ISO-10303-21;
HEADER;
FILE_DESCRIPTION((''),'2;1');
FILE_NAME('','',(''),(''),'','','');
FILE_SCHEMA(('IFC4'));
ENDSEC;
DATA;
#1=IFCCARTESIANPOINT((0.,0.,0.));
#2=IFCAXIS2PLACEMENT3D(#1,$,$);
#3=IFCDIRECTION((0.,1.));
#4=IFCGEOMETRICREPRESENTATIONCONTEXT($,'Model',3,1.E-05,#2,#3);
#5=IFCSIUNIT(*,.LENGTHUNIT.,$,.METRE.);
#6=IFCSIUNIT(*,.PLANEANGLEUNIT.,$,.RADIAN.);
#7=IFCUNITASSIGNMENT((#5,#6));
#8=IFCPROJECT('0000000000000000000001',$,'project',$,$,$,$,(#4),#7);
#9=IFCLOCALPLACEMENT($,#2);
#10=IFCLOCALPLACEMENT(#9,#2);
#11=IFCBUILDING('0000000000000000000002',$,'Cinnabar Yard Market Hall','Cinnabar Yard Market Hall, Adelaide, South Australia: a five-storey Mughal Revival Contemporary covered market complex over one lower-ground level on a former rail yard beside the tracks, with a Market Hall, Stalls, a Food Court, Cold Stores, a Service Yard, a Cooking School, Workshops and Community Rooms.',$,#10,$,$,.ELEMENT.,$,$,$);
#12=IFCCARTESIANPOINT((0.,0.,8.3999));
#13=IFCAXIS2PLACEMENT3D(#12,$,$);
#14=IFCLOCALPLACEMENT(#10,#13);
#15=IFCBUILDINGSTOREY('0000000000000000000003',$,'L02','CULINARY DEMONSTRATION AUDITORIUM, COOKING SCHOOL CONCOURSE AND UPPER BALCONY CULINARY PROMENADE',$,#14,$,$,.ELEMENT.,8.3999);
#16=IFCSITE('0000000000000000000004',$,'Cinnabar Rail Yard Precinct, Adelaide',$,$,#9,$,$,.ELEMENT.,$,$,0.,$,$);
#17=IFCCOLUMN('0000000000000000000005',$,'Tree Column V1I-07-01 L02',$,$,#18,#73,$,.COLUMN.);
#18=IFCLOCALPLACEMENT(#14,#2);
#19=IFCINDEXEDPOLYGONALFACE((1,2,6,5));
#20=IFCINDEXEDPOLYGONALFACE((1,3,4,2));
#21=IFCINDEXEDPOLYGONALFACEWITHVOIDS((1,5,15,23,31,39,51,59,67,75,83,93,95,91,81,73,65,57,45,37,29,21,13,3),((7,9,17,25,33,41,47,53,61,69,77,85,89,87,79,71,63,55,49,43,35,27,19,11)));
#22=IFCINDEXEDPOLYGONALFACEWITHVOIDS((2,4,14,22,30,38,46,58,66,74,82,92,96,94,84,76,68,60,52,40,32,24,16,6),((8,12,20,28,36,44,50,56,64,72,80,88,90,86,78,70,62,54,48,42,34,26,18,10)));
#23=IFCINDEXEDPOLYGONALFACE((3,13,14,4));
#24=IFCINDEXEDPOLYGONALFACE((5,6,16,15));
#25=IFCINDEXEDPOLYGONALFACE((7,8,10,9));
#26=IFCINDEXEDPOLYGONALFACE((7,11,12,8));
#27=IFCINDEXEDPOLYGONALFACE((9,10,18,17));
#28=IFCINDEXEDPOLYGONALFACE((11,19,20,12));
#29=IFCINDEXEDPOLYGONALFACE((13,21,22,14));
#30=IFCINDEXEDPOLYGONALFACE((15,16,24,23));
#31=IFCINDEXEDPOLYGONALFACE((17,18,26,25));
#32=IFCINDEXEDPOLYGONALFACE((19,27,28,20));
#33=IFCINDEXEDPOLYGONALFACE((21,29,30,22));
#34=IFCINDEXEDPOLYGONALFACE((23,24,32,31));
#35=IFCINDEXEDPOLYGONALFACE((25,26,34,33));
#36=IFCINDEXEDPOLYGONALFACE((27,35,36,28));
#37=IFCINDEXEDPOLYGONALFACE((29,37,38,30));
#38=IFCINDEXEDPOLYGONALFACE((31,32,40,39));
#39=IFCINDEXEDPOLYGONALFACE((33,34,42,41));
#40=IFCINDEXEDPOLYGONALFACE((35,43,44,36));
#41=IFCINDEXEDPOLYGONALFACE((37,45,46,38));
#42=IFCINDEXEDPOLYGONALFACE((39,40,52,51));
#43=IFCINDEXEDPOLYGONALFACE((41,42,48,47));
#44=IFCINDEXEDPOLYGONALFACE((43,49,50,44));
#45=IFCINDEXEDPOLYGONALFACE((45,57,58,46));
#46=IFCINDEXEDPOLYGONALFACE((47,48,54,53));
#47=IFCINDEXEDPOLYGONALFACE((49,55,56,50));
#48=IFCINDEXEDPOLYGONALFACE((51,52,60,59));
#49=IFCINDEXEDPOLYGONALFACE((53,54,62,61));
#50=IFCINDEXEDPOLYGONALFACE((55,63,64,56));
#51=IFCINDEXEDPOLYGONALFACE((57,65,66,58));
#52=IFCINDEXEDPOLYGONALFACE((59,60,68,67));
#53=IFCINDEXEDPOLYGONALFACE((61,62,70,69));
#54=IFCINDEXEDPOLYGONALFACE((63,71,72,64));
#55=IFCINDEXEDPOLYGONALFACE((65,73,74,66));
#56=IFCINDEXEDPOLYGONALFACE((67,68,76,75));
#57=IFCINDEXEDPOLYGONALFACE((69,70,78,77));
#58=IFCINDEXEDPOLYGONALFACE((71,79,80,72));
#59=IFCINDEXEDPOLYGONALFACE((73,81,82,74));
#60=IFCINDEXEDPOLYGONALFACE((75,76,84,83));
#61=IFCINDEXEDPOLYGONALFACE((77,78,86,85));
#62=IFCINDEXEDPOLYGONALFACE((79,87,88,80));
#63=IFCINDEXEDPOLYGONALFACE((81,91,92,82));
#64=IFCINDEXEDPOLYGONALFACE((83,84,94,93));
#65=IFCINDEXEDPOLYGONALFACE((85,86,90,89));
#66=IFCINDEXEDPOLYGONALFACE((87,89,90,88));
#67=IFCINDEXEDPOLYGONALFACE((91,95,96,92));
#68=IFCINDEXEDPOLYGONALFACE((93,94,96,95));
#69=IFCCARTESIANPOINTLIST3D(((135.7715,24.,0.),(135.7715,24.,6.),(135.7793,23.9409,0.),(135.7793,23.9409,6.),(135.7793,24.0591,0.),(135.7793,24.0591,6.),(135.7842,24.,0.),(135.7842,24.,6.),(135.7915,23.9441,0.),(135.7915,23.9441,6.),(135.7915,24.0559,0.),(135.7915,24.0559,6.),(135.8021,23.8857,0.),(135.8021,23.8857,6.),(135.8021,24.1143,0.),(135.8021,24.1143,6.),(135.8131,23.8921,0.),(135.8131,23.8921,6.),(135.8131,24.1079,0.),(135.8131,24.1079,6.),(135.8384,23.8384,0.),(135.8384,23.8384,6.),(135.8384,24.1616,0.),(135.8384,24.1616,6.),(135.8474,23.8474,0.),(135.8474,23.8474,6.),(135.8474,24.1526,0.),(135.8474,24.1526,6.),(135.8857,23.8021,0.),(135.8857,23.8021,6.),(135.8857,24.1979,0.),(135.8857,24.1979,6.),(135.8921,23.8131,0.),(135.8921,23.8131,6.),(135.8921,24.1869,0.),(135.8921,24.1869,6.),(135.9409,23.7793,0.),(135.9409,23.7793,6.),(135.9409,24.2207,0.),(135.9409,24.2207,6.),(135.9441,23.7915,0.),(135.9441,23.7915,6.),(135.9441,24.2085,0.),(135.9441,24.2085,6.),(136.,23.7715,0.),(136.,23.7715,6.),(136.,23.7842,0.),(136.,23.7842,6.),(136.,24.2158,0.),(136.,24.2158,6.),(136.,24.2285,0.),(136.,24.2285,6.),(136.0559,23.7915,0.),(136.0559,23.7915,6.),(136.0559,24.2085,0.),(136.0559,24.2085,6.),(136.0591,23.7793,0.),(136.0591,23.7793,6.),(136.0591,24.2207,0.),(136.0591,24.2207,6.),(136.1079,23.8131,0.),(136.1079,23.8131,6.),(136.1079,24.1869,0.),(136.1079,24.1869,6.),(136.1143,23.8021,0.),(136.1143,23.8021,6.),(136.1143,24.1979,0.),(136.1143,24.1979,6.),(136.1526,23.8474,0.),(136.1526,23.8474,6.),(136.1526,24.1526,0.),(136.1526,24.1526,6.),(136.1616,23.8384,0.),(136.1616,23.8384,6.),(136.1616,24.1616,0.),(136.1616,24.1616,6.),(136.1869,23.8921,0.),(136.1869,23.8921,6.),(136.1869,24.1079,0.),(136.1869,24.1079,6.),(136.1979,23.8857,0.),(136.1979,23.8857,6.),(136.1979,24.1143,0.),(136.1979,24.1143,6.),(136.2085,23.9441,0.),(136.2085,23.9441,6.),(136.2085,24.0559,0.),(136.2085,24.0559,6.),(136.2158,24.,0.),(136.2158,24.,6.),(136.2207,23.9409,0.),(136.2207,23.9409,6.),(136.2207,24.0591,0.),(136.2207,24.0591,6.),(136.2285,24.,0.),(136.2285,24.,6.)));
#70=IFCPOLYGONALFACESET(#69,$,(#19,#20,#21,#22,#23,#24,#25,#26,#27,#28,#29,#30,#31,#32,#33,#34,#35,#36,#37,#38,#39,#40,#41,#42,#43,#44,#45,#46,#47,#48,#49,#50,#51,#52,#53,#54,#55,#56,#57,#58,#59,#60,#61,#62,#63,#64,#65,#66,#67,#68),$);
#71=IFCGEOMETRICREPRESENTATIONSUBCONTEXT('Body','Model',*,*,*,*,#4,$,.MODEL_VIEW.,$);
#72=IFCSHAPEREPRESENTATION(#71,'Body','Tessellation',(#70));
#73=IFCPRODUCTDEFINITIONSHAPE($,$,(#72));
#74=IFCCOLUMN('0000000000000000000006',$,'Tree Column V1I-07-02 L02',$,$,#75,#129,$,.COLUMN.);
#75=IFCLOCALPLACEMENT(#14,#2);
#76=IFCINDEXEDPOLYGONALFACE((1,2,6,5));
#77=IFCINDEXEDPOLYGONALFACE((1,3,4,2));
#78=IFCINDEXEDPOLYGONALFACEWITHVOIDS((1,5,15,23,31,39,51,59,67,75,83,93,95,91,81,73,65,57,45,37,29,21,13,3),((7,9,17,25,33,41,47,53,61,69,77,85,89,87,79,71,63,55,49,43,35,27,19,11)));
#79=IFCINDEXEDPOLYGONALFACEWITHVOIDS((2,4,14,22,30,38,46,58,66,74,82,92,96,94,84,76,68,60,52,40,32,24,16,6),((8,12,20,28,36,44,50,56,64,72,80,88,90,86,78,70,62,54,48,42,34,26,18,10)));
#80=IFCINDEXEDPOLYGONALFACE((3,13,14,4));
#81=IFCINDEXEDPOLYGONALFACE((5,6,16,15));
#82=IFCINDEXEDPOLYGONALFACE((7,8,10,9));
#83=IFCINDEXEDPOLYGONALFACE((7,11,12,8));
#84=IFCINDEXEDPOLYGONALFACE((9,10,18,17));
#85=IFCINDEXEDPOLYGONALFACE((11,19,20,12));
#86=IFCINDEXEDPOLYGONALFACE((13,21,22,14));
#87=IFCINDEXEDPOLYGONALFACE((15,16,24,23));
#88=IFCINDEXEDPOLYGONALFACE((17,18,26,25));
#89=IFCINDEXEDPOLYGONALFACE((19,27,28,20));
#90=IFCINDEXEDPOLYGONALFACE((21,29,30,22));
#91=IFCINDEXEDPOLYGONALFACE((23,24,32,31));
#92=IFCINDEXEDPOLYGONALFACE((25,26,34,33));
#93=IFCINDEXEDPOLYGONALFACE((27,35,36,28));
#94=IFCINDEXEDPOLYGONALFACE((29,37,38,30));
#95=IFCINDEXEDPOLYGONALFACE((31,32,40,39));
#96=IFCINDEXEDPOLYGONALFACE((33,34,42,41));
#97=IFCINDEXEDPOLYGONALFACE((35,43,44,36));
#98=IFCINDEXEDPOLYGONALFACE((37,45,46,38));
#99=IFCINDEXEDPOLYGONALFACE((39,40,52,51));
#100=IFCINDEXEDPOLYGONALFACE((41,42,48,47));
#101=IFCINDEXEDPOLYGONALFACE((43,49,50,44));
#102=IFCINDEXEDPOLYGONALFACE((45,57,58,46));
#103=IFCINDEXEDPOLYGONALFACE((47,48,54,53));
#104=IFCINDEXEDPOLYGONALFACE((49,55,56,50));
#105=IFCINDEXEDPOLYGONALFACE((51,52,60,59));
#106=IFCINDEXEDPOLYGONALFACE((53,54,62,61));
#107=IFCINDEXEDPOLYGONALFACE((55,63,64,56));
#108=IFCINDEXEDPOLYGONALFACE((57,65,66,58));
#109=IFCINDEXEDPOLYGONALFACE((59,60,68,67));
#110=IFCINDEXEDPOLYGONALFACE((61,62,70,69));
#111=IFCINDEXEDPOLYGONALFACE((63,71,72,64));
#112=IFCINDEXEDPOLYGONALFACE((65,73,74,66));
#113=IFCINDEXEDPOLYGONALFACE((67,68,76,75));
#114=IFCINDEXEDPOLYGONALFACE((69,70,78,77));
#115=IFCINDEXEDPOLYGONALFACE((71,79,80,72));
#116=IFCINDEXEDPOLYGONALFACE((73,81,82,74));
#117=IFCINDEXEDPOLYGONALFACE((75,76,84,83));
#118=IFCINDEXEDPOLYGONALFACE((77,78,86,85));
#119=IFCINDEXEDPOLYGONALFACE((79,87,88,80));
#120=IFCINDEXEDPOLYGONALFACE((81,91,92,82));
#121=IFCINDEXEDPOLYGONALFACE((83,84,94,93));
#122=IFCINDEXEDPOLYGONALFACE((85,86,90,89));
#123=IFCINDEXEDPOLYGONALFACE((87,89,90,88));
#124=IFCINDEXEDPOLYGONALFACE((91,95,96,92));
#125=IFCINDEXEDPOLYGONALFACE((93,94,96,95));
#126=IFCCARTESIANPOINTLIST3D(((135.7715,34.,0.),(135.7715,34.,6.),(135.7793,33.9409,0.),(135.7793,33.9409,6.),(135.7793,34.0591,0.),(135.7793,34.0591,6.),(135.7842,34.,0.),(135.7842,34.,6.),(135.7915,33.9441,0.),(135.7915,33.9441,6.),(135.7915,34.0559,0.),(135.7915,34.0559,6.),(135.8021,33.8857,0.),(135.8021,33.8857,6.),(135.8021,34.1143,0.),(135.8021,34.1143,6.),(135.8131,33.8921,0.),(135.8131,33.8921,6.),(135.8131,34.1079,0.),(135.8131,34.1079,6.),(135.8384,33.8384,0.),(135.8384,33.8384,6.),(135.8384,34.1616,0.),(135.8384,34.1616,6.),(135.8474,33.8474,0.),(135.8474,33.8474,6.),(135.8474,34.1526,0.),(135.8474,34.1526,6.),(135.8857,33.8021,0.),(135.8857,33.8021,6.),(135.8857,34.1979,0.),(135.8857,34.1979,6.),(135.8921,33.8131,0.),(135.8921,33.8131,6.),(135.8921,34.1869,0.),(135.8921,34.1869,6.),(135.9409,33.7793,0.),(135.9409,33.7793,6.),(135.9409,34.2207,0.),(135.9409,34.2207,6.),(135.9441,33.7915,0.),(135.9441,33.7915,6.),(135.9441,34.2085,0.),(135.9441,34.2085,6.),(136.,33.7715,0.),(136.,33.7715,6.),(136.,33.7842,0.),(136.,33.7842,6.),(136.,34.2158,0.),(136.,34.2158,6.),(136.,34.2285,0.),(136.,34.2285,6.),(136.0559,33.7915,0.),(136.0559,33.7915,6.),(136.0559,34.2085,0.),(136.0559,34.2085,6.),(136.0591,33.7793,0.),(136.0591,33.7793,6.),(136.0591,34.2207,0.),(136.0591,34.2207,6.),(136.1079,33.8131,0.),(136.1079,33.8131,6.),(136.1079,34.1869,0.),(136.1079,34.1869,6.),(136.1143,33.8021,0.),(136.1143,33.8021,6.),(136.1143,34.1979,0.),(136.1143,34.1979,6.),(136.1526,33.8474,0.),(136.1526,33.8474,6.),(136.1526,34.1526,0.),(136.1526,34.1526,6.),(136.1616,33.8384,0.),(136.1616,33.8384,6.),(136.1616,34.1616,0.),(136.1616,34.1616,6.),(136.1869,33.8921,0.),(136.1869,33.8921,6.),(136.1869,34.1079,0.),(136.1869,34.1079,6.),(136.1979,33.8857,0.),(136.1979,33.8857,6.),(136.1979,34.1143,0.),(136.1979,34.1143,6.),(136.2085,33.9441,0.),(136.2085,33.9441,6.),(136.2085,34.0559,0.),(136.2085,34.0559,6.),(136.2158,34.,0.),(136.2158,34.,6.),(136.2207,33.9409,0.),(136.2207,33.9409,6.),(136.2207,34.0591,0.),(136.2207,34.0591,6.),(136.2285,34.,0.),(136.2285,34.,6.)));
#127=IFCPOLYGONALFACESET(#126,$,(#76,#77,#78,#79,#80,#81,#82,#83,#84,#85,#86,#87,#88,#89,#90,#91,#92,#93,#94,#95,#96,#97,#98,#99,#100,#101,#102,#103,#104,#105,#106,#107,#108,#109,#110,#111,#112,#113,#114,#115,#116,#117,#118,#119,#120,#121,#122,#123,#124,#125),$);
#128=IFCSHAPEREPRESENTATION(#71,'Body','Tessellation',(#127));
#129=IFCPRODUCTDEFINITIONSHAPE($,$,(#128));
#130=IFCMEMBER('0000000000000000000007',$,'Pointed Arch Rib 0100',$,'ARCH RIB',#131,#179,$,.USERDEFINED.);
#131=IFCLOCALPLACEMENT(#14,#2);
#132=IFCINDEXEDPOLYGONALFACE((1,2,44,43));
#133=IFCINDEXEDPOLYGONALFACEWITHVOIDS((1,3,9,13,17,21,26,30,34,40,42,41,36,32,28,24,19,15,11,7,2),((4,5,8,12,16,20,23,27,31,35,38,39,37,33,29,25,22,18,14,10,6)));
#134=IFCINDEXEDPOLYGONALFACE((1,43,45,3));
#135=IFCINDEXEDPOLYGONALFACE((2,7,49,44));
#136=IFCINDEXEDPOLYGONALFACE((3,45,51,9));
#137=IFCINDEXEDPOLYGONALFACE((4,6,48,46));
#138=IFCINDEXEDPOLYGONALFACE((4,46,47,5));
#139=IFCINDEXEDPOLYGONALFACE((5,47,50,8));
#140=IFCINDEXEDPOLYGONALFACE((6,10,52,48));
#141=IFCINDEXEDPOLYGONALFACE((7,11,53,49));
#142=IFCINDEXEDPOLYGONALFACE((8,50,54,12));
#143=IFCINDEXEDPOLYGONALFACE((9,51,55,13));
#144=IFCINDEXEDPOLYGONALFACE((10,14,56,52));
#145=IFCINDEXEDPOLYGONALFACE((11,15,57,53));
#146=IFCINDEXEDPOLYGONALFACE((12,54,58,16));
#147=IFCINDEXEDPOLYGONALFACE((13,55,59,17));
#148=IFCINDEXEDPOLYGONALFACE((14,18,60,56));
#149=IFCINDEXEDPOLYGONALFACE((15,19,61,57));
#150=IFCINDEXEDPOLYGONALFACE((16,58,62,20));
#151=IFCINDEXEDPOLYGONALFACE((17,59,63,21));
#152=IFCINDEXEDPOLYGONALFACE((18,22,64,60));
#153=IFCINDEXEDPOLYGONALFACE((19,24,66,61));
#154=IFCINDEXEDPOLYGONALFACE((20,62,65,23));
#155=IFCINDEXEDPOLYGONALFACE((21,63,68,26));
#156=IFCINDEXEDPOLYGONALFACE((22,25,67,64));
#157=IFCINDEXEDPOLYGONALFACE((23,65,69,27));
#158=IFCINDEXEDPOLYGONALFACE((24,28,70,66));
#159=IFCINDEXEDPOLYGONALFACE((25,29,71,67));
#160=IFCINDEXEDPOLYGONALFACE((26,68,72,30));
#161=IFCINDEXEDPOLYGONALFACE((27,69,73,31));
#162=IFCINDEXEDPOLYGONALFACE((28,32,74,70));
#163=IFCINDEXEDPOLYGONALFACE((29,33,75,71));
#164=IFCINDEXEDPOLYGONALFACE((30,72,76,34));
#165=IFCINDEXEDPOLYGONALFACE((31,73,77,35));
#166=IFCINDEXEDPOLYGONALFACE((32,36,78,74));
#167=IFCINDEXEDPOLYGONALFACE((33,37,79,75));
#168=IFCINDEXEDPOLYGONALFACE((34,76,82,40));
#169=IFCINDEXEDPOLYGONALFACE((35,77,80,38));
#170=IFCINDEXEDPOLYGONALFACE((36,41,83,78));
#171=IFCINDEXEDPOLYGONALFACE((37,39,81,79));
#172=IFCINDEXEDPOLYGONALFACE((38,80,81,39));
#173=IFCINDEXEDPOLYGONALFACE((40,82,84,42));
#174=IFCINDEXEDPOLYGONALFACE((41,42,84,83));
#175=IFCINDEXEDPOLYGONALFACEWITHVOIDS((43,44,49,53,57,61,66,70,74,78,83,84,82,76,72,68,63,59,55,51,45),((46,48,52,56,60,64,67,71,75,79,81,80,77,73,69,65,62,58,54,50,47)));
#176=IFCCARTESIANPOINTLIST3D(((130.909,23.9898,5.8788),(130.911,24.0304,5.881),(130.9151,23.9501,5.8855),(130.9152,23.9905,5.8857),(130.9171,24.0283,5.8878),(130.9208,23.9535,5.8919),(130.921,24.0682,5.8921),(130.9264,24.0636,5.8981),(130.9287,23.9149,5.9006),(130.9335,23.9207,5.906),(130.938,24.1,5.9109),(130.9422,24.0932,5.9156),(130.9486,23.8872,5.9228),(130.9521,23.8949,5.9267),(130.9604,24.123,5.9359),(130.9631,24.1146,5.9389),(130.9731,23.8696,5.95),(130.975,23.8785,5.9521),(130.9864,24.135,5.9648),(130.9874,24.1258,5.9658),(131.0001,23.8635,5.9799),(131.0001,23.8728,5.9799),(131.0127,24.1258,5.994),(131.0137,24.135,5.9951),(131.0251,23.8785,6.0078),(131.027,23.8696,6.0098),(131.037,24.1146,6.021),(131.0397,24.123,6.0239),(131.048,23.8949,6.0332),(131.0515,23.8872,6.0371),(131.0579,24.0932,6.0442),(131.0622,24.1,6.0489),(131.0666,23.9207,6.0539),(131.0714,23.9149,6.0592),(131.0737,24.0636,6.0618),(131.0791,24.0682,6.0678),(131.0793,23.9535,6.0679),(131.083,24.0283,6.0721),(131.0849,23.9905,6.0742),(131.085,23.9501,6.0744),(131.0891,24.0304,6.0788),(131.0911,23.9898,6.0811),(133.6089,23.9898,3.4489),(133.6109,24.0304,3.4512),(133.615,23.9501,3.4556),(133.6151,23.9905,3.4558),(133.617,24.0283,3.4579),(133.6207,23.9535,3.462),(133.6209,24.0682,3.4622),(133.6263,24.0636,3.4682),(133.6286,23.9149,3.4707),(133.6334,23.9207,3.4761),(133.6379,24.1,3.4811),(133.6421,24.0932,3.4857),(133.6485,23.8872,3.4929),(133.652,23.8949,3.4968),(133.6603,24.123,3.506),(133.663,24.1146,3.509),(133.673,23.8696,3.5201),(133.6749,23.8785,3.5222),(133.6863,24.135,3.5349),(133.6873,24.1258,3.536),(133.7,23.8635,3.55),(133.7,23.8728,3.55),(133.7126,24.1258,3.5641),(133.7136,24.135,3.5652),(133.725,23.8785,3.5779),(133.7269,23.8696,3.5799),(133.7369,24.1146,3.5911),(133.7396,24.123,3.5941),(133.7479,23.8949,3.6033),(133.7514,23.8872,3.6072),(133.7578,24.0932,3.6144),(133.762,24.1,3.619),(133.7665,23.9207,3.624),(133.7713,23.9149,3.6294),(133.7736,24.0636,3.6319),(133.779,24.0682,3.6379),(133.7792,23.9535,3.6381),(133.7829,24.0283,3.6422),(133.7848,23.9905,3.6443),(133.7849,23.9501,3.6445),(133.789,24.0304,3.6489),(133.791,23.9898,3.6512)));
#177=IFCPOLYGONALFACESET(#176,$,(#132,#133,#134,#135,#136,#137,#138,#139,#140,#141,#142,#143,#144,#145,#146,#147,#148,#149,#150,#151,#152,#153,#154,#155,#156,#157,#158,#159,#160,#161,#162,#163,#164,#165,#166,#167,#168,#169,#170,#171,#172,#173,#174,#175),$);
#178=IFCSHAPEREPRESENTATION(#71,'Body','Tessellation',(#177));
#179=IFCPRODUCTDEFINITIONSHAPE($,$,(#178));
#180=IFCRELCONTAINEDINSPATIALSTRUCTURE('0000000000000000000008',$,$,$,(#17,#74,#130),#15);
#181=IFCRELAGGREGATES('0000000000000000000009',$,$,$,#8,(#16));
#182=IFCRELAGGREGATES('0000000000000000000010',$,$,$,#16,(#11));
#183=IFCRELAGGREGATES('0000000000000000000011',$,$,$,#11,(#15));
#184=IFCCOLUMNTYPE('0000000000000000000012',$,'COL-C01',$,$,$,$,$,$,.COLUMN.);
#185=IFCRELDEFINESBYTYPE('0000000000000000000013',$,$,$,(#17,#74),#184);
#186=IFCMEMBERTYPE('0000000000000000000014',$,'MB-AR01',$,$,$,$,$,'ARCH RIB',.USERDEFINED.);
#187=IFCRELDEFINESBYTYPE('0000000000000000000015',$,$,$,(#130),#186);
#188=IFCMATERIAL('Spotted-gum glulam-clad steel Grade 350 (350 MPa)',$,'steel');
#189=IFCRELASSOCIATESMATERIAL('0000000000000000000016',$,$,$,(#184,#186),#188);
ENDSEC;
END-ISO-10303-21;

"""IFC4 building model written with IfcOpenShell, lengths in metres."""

from ifc_helpers import new_model, si_unit, direction, frame, origin, origin_2d_with_axis, place, context, subcontext, project, spatial, hollow_circle, extrude, material, material_profile, profile_set, type_object, element, save


model = new_model("IFC4")

# Units and contexts
model_context = context("Model", 3, precision=1e-05, world=origin(), true_north=direction((0.0, 1.0)))
body_context = subcontext(model_context, "Body", "Model", "MODEL_VIEW")
ifc_project = project(units=[si_unit("LENGTHUNIT", "METRE"), si_unit("PLANEANGLEUNIT", "RADIAN")], contexts=[model_context])

# Site, building, storey
site_placement = place(None, origin())
site = spatial("IfcSite", under=ifc_project, at=site_placement, Name="Cinnabar Rail Yard Precinct, Adelaide", CompositionType="ELEMENT", RefElevation=0.0)
building_placement = place(site_placement, origin())
building = spatial("IfcBuilding", under=site, at=building_placement, Name="Cinnabar Yard Market Hall", Description="Cinnabar Yard Market Hall, Adelaide, South Australia: a five-storey Mughal Revival Contemporary covered market complex over one lower-ground level on a former rail yard beside the tracks, with a Market Hall, Stalls, a Food Court, Cold Stores, a Service Yard, a Cooking School, Workshops and Community Rooms.", CompositionType="ELEMENT")
storey_placement = place(building_placement, frame((0.0, 0.0, 8.3999)))
storey = spatial("IfcBuildingStorey", under=building, at=storey_placement, Name="L02", Description="CULINARY DEMONSTRATION AUDITORIUM, COOKING SCHOOL CONCOURSE AND UPPER BALCONY CULINARY PROMENADE", CompositionType="ELEMENT", Elevation=8.3999)

# Columns
ifc_material_1 = material(Name="Spotted-gum glulam-clad steel Grade 350 (350 MPa)", Category="steel")
ifc_material_profile_1 = material_profile(ifc_material_1, hollow_circle(Radius=0.2285, WallThickness=0.0127, at=origin_2d_with_axis()), Name="457.0x12.7CHS")
ifc_profile_set_1 = profile_set([ifc_material_profile_1], Name="Spotted-gum glulam-clad steel Grade 350 (350 MPa)")
column_type = type_object("IfcColumnType", Name="COL-C01", PredefinedType="COLUMN", material=ifc_profile_set_1)
for number, where, z_axis, x_axis, name in (
    (1, (136.0, 24.0, 0.0), (0.0, 0.0, 1.0), (1.0, 0.0, 0.0), "Tree Column V1I-07-01 L02"),
    (2, (136.0, 34.0, 0.0), (0.0, 0.0, 1.0), (1.0, 0.0, 0.0), "Tree Column V1I-07-02 L02"),
):
    element("IfcColumn", number, at=place(storey_placement, frame(where, z_axis=z_axis, x_axis=x_axis)), inside=storey, type_object=column_type, Name=name, PredefinedType="COLUMN", context=body_context, shape_type="SweptSolid", body=[
        extrude(hollow_circle(Radius=0.2285, WallThickness=0.0127, at=origin_2d_with_axis()), origin(), (0.0, 0.0, 1.0), 6.0),
    ])

# Member
ifc_material_profile_2 = material_profile(ifc_material_1, hollow_circle(Radius=0.1365, WallThickness=0.0093, at=origin_2d_with_axis()), Name="273.1x9.3CHS")
ifc_profile_set_2 = profile_set([ifc_material_profile_2], Name="Spotted-gum glulam-clad steel Grade 350 (350 MPa)")
member_type_1 = type_object("IfcMemberType", Name="MB-AR01", ElementType="ARCH RIB", PredefinedType="USERDEFINED", material=ifc_profile_set_2)
for number, where, z_axis, x_axis, name in (
    (3, (133.7, 24.0, 3.55), (-0.743297, 0.0, 0.668961), (0.0, -1.0, 0.0), "Pointed Arch Rib 0100"),
):
    element("IfcMember", number, at=place(storey_placement, frame(where, z_axis=z_axis, x_axis=x_axis)), inside=storey, type_object=member_type_1, Name=name, ObjectType="ARCH RIB", PredefinedType="USERDEFINED", context=body_context, shape_type="SweptSolid", body=[
        extrude(hollow_circle(Radius=0.1365, WallThickness=0.0093, at=origin_2d_with_axis()), origin(), (0.0, 0.0, 1.0), 3.6323),
    ])

save(model, "model.ifc")
